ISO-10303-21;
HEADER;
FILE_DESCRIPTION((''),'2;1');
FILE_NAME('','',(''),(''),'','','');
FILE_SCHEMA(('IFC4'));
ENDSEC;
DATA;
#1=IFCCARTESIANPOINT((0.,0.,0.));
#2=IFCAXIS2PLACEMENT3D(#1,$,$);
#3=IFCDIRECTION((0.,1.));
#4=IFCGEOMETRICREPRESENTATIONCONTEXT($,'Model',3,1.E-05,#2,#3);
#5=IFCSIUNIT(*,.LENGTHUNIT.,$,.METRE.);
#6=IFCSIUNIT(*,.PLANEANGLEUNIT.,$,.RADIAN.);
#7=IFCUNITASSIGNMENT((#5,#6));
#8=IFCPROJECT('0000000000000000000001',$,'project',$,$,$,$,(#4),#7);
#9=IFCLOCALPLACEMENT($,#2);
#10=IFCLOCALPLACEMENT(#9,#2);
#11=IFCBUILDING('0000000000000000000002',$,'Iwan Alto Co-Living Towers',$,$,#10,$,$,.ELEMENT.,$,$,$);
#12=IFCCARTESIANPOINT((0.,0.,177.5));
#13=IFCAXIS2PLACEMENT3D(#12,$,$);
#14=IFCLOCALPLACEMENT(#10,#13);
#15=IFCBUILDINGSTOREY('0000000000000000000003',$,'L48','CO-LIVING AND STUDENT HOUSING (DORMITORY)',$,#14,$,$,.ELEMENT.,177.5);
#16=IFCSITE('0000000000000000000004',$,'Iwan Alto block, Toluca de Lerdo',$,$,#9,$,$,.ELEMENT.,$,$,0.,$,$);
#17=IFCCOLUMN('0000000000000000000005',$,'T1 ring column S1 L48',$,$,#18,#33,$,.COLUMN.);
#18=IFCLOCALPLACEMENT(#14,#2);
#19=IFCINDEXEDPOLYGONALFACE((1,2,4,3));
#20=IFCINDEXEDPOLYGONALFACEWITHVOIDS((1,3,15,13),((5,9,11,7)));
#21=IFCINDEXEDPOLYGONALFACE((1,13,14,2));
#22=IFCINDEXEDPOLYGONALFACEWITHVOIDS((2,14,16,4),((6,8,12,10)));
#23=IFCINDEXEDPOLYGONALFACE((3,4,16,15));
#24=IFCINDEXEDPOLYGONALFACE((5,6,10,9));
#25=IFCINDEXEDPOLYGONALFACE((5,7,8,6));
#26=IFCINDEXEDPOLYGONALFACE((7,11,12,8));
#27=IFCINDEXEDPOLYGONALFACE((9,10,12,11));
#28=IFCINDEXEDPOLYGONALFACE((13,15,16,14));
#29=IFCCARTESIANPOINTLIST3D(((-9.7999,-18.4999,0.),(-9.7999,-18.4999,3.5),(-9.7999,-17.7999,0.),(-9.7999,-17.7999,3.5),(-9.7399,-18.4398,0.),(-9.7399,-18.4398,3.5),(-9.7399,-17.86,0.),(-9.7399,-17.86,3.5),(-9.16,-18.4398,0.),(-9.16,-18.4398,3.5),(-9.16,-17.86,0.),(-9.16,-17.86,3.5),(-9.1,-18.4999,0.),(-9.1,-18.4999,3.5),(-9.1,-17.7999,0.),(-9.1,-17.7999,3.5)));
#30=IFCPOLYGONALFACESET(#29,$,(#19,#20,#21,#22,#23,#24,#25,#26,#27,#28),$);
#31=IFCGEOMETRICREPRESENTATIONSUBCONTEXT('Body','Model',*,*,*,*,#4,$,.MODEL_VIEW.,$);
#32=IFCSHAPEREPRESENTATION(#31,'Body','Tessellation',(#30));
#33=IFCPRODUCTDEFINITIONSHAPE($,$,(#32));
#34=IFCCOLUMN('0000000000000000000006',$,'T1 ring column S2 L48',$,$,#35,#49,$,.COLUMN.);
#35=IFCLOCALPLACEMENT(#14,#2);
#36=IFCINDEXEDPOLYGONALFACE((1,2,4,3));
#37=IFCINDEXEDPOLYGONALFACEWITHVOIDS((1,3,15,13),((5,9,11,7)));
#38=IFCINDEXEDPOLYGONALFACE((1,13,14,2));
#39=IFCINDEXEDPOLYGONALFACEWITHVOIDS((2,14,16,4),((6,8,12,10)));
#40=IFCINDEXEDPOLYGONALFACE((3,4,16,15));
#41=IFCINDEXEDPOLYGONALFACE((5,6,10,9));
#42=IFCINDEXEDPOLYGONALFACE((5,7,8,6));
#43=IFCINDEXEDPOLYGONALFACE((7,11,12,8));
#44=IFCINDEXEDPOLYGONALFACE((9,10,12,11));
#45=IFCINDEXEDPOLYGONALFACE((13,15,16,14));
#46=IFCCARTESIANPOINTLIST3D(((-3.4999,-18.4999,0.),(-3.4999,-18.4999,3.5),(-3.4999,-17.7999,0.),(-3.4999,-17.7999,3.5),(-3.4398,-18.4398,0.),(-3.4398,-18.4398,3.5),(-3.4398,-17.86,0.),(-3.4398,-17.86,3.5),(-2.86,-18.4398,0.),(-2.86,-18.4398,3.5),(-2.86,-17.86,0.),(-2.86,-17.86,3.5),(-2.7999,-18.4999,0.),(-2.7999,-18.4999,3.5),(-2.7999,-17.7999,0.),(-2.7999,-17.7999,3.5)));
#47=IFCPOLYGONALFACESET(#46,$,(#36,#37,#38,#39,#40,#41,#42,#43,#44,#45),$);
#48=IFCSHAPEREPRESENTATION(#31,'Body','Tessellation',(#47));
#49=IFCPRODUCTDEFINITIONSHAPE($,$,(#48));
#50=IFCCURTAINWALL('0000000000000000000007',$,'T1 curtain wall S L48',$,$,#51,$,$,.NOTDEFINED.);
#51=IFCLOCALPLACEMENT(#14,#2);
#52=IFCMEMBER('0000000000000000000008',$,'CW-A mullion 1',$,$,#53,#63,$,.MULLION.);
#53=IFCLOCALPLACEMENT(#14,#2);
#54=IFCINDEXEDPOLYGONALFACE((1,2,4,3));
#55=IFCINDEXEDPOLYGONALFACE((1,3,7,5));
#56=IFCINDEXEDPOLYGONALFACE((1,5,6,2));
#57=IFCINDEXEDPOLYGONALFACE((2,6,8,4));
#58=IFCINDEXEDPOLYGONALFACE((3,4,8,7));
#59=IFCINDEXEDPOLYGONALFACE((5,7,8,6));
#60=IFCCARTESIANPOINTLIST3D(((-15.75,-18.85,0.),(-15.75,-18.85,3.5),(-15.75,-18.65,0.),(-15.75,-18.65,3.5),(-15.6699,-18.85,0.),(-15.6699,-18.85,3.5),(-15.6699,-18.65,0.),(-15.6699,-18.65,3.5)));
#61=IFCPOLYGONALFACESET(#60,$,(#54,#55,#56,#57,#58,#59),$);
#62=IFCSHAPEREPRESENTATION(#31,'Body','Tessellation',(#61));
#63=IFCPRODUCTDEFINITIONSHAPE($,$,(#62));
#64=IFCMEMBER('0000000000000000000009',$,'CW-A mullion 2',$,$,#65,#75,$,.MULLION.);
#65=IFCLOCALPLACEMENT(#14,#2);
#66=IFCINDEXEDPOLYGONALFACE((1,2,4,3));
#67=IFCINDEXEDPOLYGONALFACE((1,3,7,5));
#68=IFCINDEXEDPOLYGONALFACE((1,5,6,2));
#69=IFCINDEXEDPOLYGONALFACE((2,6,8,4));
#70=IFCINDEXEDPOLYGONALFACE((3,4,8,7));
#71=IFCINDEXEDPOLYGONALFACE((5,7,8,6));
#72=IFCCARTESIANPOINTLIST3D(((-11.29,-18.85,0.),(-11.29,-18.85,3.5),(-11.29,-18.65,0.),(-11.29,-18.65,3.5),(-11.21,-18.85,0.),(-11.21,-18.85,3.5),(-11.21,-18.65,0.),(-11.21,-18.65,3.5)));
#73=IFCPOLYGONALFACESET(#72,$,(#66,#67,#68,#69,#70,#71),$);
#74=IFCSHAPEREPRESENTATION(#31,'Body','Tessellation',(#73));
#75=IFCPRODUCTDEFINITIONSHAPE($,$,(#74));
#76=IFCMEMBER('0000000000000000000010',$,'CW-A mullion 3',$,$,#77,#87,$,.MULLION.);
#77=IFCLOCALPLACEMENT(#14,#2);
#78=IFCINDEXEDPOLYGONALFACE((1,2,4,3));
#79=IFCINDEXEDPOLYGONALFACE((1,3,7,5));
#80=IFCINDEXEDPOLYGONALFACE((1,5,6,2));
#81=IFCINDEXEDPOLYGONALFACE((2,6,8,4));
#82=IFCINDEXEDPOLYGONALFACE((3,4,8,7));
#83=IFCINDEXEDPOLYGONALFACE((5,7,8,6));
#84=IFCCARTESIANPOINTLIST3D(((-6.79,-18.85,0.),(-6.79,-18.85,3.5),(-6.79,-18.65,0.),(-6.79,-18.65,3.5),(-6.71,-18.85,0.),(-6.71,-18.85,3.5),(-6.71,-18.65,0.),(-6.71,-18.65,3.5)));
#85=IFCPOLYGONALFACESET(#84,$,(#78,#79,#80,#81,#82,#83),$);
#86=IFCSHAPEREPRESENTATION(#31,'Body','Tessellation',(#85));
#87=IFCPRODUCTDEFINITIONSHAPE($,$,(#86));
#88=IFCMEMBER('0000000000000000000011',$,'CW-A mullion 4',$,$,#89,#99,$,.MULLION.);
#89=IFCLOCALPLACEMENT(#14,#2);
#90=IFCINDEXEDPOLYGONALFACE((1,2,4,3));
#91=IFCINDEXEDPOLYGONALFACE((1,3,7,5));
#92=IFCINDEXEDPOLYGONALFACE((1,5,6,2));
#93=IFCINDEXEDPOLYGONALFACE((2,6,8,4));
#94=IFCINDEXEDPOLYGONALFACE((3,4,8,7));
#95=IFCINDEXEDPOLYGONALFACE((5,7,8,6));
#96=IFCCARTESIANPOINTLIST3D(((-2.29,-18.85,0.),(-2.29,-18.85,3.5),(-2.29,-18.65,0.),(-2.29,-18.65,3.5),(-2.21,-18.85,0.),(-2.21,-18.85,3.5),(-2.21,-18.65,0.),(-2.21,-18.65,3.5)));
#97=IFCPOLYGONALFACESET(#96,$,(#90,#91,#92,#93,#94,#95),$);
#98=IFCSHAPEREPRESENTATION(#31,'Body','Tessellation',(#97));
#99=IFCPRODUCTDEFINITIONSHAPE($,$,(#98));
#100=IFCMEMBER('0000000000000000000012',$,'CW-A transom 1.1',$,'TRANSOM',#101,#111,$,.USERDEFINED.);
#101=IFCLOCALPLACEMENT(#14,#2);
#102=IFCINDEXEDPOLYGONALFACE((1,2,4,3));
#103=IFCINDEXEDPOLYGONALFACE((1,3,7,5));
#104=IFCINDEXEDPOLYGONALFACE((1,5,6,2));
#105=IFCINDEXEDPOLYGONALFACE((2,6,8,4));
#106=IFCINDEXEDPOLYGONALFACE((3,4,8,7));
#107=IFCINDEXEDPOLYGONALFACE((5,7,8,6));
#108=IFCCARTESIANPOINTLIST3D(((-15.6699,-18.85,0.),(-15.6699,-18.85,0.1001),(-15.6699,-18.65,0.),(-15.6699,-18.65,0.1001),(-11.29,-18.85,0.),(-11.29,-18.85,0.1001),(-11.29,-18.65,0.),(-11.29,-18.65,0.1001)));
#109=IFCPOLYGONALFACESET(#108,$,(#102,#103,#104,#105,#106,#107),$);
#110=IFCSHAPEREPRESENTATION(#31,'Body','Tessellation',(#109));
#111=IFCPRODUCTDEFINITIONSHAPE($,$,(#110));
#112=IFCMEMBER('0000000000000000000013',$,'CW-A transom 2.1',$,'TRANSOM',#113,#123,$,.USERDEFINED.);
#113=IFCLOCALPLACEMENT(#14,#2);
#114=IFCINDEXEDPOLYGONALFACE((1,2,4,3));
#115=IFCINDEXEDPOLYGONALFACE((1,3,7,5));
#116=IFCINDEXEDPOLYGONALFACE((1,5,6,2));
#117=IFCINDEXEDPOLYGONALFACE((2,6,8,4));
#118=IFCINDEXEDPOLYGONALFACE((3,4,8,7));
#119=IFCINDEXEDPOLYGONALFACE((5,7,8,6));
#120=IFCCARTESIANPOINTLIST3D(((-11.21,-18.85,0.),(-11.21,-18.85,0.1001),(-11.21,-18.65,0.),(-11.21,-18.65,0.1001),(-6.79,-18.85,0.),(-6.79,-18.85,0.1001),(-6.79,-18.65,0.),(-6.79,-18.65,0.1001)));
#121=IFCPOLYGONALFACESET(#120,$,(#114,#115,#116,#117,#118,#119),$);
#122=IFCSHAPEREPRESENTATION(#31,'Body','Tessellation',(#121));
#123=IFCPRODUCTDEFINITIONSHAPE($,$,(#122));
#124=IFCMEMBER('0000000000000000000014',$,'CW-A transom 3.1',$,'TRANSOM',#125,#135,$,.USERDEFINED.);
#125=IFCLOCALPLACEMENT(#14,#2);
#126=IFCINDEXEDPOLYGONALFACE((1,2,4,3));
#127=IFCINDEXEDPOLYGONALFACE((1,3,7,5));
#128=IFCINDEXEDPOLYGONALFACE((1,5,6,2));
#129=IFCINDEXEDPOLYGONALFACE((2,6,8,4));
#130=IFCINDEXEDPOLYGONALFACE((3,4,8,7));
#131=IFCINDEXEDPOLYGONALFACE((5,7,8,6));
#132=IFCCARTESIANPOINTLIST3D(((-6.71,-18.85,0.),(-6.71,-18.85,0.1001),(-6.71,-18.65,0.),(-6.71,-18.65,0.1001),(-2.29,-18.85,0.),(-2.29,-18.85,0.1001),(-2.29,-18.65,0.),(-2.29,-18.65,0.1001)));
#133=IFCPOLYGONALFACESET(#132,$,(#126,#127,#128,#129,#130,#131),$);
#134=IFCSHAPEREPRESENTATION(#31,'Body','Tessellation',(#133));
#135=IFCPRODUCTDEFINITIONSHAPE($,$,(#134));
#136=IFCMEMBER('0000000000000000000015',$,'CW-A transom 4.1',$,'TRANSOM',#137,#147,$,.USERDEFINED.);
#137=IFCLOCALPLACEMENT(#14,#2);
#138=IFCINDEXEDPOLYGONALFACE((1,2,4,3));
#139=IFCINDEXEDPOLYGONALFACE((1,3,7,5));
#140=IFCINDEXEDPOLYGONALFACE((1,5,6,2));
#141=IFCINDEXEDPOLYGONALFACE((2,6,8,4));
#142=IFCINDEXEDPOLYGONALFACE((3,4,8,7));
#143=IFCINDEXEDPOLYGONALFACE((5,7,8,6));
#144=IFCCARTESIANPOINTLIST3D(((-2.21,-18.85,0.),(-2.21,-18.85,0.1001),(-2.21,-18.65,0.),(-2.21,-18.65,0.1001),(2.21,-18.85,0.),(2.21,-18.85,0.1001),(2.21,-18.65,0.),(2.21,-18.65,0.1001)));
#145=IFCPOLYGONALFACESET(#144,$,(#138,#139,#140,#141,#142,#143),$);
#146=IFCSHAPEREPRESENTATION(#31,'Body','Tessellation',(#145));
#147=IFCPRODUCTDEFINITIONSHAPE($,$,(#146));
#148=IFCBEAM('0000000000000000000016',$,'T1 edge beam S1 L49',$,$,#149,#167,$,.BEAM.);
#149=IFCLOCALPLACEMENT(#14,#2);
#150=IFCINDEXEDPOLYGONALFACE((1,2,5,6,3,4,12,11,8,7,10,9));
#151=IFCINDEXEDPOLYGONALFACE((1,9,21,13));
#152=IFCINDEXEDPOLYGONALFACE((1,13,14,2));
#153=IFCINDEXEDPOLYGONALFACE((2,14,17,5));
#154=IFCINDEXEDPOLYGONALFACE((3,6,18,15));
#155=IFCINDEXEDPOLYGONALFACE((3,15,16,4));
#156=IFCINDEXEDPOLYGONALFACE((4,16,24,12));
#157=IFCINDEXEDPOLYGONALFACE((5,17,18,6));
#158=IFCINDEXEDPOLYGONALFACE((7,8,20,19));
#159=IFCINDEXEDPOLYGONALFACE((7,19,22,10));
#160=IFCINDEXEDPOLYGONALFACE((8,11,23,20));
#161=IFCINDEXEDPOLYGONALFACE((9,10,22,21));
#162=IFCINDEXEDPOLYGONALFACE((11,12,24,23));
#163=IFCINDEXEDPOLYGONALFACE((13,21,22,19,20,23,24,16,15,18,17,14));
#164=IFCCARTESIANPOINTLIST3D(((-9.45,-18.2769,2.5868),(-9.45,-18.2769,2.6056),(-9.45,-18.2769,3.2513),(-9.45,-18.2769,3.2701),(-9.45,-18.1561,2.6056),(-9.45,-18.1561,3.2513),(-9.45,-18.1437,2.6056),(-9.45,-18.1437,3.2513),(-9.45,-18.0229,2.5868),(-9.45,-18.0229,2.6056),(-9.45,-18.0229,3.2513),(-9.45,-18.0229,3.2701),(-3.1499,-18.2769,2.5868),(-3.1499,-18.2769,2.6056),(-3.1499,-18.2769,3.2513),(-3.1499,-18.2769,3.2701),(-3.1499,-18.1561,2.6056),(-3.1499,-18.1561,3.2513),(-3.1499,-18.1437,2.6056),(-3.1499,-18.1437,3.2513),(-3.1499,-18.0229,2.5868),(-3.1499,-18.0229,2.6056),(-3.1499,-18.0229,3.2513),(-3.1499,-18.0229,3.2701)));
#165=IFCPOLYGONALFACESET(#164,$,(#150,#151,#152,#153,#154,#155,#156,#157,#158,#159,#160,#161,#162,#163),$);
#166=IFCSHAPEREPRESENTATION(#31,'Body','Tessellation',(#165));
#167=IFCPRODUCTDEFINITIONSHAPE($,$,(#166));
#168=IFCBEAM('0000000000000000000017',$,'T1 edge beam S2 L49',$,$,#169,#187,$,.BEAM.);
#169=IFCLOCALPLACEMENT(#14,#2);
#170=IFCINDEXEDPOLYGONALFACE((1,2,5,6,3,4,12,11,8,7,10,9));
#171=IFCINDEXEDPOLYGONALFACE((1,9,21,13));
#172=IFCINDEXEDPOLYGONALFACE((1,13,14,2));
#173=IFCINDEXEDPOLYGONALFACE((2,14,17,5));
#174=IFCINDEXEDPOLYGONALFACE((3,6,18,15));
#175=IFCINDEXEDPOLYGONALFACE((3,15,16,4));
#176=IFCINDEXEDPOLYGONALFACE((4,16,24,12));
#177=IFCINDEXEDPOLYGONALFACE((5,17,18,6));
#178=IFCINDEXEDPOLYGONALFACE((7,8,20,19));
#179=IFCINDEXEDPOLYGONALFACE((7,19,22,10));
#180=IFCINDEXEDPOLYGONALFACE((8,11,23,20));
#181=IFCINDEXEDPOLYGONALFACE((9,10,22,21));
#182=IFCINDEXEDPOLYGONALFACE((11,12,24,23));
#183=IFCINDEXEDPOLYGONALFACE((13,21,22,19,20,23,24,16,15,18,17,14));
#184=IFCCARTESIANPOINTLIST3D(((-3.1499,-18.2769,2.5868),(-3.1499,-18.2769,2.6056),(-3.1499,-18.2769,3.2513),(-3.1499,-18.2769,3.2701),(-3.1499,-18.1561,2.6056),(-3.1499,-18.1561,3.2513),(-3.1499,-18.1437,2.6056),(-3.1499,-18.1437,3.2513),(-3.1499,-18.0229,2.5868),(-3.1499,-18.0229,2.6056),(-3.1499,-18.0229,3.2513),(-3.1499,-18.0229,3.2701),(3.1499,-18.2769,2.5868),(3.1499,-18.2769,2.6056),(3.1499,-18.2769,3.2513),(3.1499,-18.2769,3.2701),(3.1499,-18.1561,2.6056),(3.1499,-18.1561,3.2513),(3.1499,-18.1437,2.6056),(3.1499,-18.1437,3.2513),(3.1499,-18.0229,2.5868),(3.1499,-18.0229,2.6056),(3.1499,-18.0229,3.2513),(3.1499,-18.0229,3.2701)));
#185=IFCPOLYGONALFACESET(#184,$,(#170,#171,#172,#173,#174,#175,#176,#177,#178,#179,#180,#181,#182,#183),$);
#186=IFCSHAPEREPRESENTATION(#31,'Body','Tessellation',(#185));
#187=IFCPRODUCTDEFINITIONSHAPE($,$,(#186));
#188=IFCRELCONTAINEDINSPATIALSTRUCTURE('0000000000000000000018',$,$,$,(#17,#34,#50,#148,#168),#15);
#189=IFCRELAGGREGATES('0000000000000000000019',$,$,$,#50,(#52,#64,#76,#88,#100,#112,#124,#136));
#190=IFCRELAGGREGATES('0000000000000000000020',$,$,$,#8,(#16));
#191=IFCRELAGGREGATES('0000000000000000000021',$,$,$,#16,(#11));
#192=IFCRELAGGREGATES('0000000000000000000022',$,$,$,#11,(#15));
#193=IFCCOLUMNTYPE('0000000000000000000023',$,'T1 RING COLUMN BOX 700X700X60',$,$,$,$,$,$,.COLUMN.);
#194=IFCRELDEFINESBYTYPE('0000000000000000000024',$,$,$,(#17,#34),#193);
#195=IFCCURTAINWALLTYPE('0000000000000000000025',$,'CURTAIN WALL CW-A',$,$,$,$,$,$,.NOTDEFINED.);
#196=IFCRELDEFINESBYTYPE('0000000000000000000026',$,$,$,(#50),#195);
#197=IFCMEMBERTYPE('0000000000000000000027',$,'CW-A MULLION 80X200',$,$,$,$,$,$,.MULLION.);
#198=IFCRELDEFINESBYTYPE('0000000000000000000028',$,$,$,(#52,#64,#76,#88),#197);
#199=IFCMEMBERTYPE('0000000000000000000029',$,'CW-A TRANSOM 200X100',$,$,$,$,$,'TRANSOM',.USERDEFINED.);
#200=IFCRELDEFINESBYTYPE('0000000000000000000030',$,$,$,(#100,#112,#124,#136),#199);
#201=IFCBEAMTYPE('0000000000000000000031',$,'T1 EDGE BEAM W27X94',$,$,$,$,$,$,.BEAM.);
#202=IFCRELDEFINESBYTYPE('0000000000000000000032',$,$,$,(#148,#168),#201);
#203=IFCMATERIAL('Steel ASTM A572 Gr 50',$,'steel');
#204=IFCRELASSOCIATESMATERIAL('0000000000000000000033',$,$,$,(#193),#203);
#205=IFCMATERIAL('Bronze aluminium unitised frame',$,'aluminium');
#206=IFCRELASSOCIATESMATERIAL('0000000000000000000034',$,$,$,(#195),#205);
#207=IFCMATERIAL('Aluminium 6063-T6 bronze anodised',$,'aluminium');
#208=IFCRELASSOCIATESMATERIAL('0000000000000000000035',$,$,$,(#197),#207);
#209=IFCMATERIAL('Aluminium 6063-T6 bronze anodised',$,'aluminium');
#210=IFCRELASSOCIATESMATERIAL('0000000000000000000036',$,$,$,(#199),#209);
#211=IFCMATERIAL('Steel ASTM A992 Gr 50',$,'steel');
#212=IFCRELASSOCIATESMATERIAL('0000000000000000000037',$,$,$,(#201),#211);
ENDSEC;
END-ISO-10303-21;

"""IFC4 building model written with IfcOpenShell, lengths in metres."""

from ifc_helpers import new_model, si_unit, direction, frame, origin, origin_2d, place, context, subcontext, project, spatial, rectangle, hollow_rectangle, i_section, extrude, material, material_profile, profile_set, type_object, element, aggregate, save


model = new_model("IFC4")

# Units and contexts
model_context = context("Model", 3, precision=1e-05, world=origin(), true_north=direction((0.0, 1.0)))
body_context = subcontext(model_context, "Body", "Model", "MODEL_VIEW")
ifc_project = project(units=[si_unit("LENGTHUNIT", "METRE"), si_unit("PLANEANGLEUNIT", "RADIAN")], contexts=[model_context])

# Site, building, storey
site_placement = place(None, origin())
site = spatial("IfcSite", under=ifc_project, at=site_placement, Name="Iwan Alto block, Toluca de Lerdo", CompositionType="ELEMENT", RefElevation=0.0)
building_placement = place(site_placement, origin())
building = spatial("IfcBuilding", under=site, at=building_placement, Name="Iwan Alto Co-Living Towers", CompositionType="ELEMENT")
storey_placement = place(building_placement, frame((0.0, 0.0, 177.5)))
storey = spatial("IfcBuildingStorey", under=building, at=storey_placement, Name="L48", Description="CO-LIVING AND STUDENT HOUSING (DORMITORY)", CompositionType="ELEMENT", Elevation=177.5)

# Columns
ifc_material_1 = material(Name="Steel ASTM A572 Gr 50", Category="steel")
ifc_material_profile_1 = material_profile(ifc_material_1, hollow_rectangle(XDim=0.7, YDim=0.7, WallThickness=0.0601, at=origin_2d()), Name="BOX 700X700X60")
ifc_profile_set_1 = profile_set([ifc_material_profile_1], Name="Steel ASTM A572 Gr 50")
column_type = type_object("IfcColumnType", Name="T1 RING COLUMN BOX 700X700X60", PredefinedType="COLUMN", material=ifc_profile_set_1)
for number, where, z_axis, x_axis, name in (
    (1, (-9.45, -18.1499, 0.0), (0.0, 0.0, 1.0), (1.0, 0.0, 0.0), "T1 ring column S1 L48"),
    (2, (-3.1499, -18.1499, 0.0), (0.0, 0.0, 1.0), (1.0, 0.0, 0.0), "T1 ring column S2 L48"),
):
    element("IfcColumn", number, at=place(storey_placement, frame(where, z_axis=z_axis, x_axis=x_axis)), inside=storey, type_object=column_type, Name=name, PredefinedType="COLUMN", context=body_context, shape_type="SweptSolid", body=[
        extrude(hollow_rectangle(XDim=0.7, YDim=0.7, WallThickness=0.0601, at=origin_2d()), origin(), (0.0, 0.0, 1.0), 3.5),
    ])

# Curtain wall, members
ifc_material_2 = material(Name="Bronze aluminium unitised frame", Category="aluminium")
curtain_wall_type = type_object("IfcCurtainWallType", Name="CURTAIN WALL CW-A", PredefinedType="NOTDEFINED", material=ifc_material_2)
curtain_wall_placement = place(storey_placement, origin())
curtain_wall = element("IfcCurtainWall", 3, at=curtain_wall_placement, inside=storey, type_object=curtain_wall_type, Name="T1 curtain wall S L48", PredefinedType="NOTDEFINED")
ifc_material_3 = material(Name="Aluminium 6063-T6 bronze anodised", Category="aluminium")
ifc_material_profile_2 = material_profile(ifc_material_3, rectangle(XDim=0.2, YDim=0.0801, at=origin_2d()), Name="AL 80X200")
ifc_profile_set_2 = profile_set([ifc_material_profile_2], Name="Aluminium 6063-T6 bronze anodised")
member_type_1 = type_object("IfcMemberType", Name="CW-A MULLION 80X200", PredefinedType="MULLION", material=ifc_profile_set_2)
member_1_placement = place(storey_placement, frame((-15.71, -18.75, 0.0), z_axis=(0.0, 0.0, 1.0), x_axis=(0.0, 1.0, 0.0)))
member_1 = element("IfcMember", 4, at=member_1_placement, type_object=member_type_1, Name="CW-A mullion 1", PredefinedType="MULLION", context=body_context, shape_type="SweptSolid", body=[
    extrude(rectangle(XDim=0.2, YDim=0.0801, at=origin_2d()), origin(), (0.0, 0.0, 1.0), 3.5),
])
member_2_placement = place(storey_placement, frame((-11.25, -18.75, 0.0), z_axis=(0.0, 0.0, 1.0), x_axis=(0.0, 1.0, 0.0)))
member_2 = element("IfcMember", 5, at=member_2_placement, type_object=member_type_1, Name="CW-A mullion 2", PredefinedType="MULLION", context=body_context, shape_type="SweptSolid", body=[
    extrude(rectangle(XDim=0.2, YDim=0.0801, at=origin_2d()), origin(), (0.0, 0.0, 1.0), 3.5),
])
member_3_placement = place(storey_placement, frame((-6.75, -18.75, 0.0), z_axis=(0.0, 0.0, 1.0), x_axis=(0.0, 1.0, 0.0)))
member_3 = element("IfcMember", 6, at=member_3_placement, type_object=member_type_1, Name="CW-A mullion 3", PredefinedType="MULLION", context=body_context, shape_type="SweptSolid", body=[
    extrude(rectangle(XDim=0.2, YDim=0.0801, at=origin_2d()), origin(), (0.0, 0.0, 1.0), 3.5),
])
member_4_placement = place(storey_placement, frame((-2.25, -18.75, 0.0), z_axis=(0.0, 0.0, 1.0), x_axis=(0.0, 1.0, 0.0)))
member_4 = element("IfcMember", 7, at=member_4_placement, type_object=member_type_1, Name="CW-A mullion 4", PredefinedType="MULLION", context=body_context, shape_type="SweptSolid", body=[
    extrude(rectangle(XDim=0.2, YDim=0.0801, at=origin_2d()), origin(), (0.0, 0.0, 1.0), 3.5),
])
ifc_material_4 = material(Name="Aluminium 6063-T6 bronze anodised", Category="aluminium")
ifc_material_profile_3 = material_profile(ifc_material_4, rectangle(XDim=0.2, YDim=0.1001, at=origin_2d()), Name="AL 200X100")
ifc_profile_set_3 = profile_set([ifc_material_profile_3], Name="Aluminium 6063-T6 bronze anodised")
member_type_2 = type_object("IfcMemberType", Name="CW-A TRANSOM 200X100", ElementType="TRANSOM", PredefinedType="USERDEFINED", material=ifc_profile_set_3)
member_5_placement = place(storey_placement, frame((-15.6699, -18.75, 0.05), z_axis=(1.0, 0.0, 0.0), x_axis=(0.0, 1.0, 0.0)))
member_5 = element("IfcMember", 8, at=member_5_placement, type_object=member_type_2, Name="CW-A transom 1.1", ObjectType="TRANSOM", PredefinedType="USERDEFINED", context=body_context, shape_type="SweptSolid", body=[
    extrude(rectangle(XDim=0.2, YDim=0.1001, at=origin_2d()), origin(), (0.0, 0.0, 1.0), 4.3799),
])
member_6_placement = place(storey_placement, frame((-11.21, -18.75, 0.05), z_axis=(1.0, 0.0, 0.0), x_axis=(0.0, 1.0, 0.0)))
member_6 = element("IfcMember", 9, at=member_6_placement, type_object=member_type_2, Name="CW-A transom 2.1", ObjectType="TRANSOM", PredefinedType="USERDEFINED", context=body_context, shape_type="SweptSolid", body=[
    extrude(rectangle(XDim=0.2, YDim=0.1001, at=origin_2d()), origin(), (0.0, 0.0, 1.0), 4.4199),
])
member_7_placement = place(storey_placement, frame((-6.71, -18.75, 0.05), z_axis=(1.0, 0.0, 0.0), x_axis=(0.0, 1.0, 0.0)))
member_7 = element("IfcMember", 10, at=member_7_placement, type_object=member_type_2, Name="CW-A transom 3.1", ObjectType="TRANSOM", PredefinedType="USERDEFINED", context=body_context, shape_type="SweptSolid", body=[
    extrude(rectangle(XDim=0.2, YDim=0.1001, at=origin_2d()), origin(), (0.0, 0.0, 1.0), 4.4199),
])
member_8_placement = place(storey_placement, frame((-2.21, -18.75, 0.05), z_axis=(1.0, 0.0, 0.0), x_axis=(0.0, 1.0, 0.0)))
member_8 = element("IfcMember", 11, at=member_8_placement, type_object=member_type_2, Name="CW-A transom 4.1", ObjectType="TRANSOM", PredefinedType="USERDEFINED", context=body_context, shape_type="SweptSolid", body=[
    extrude(rectangle(XDim=0.2, YDim=0.1001, at=origin_2d()), origin(), (0.0, 0.0, 1.0), 4.4199),
])

# Beams
ifc_material_5 = material(Name="Steel ASTM A992 Gr 50", Category="steel")
ifc_material_profile_4 = material_profile(ifc_material_5, i_section(OverallWidth=0.2539, OverallDepth=0.6833, WebThickness=0.0125, FlangeThickness=0.0188, at=origin_2d()), Name="W27X94")
ifc_profile_set_4 = profile_set([ifc_material_profile_4], Name="Steel ASTM A992 Gr 50")
beam_type_1 = type_object("IfcBeamType", Name="T1 EDGE BEAM W27X94", PredefinedType="BEAM", material=ifc_profile_set_4)
beam_1_placement = place(storey_placement, frame((-9.45, -18.1499, 2.9285), z_axis=(1.0, 0.0, 0.0), x_axis=(0.0, 1.0, 0.0)))
element("IfcBeam", 12, at=beam_1_placement, inside=storey, type_object=beam_type_1, Name="T1 edge beam S1 L49", PredefinedType="BEAM", context=body_context, shape_type="SweptSolid", body=[
    extrude(i_section(OverallWidth=0.2539, OverallDepth=0.6833, WebThickness=0.0125, FlangeThickness=0.0188, at=origin_2d()), origin(), (0.0, 0.0, 1.0), 6.3),
])
beam_2_placement = place(storey_placement, frame((-3.1499, -18.1499, 2.9285), z_axis=(1.0, 0.0, 0.0), x_axis=(0.0, 1.0, 0.0)))
element("IfcBeam", 13, at=beam_2_placement, inside=storey, type_object=beam_type_1, Name="T1 edge beam S2 L49", PredefinedType="BEAM", context=body_context, shape_type="SweptSolid", body=[
    extrude(i_section(OverallWidth=0.2539, OverallDepth=0.6833, WebThickness=0.0125, FlangeThickness=0.0188, at=origin_2d()), origin(), (0.0, 0.0, 1.0), 6.2998),
])

aggregate(curtain_wall, [member_1, member_2, member_3, member_4, member_5, member_6, member_7, member_8])

save(model, "model.ifc")
